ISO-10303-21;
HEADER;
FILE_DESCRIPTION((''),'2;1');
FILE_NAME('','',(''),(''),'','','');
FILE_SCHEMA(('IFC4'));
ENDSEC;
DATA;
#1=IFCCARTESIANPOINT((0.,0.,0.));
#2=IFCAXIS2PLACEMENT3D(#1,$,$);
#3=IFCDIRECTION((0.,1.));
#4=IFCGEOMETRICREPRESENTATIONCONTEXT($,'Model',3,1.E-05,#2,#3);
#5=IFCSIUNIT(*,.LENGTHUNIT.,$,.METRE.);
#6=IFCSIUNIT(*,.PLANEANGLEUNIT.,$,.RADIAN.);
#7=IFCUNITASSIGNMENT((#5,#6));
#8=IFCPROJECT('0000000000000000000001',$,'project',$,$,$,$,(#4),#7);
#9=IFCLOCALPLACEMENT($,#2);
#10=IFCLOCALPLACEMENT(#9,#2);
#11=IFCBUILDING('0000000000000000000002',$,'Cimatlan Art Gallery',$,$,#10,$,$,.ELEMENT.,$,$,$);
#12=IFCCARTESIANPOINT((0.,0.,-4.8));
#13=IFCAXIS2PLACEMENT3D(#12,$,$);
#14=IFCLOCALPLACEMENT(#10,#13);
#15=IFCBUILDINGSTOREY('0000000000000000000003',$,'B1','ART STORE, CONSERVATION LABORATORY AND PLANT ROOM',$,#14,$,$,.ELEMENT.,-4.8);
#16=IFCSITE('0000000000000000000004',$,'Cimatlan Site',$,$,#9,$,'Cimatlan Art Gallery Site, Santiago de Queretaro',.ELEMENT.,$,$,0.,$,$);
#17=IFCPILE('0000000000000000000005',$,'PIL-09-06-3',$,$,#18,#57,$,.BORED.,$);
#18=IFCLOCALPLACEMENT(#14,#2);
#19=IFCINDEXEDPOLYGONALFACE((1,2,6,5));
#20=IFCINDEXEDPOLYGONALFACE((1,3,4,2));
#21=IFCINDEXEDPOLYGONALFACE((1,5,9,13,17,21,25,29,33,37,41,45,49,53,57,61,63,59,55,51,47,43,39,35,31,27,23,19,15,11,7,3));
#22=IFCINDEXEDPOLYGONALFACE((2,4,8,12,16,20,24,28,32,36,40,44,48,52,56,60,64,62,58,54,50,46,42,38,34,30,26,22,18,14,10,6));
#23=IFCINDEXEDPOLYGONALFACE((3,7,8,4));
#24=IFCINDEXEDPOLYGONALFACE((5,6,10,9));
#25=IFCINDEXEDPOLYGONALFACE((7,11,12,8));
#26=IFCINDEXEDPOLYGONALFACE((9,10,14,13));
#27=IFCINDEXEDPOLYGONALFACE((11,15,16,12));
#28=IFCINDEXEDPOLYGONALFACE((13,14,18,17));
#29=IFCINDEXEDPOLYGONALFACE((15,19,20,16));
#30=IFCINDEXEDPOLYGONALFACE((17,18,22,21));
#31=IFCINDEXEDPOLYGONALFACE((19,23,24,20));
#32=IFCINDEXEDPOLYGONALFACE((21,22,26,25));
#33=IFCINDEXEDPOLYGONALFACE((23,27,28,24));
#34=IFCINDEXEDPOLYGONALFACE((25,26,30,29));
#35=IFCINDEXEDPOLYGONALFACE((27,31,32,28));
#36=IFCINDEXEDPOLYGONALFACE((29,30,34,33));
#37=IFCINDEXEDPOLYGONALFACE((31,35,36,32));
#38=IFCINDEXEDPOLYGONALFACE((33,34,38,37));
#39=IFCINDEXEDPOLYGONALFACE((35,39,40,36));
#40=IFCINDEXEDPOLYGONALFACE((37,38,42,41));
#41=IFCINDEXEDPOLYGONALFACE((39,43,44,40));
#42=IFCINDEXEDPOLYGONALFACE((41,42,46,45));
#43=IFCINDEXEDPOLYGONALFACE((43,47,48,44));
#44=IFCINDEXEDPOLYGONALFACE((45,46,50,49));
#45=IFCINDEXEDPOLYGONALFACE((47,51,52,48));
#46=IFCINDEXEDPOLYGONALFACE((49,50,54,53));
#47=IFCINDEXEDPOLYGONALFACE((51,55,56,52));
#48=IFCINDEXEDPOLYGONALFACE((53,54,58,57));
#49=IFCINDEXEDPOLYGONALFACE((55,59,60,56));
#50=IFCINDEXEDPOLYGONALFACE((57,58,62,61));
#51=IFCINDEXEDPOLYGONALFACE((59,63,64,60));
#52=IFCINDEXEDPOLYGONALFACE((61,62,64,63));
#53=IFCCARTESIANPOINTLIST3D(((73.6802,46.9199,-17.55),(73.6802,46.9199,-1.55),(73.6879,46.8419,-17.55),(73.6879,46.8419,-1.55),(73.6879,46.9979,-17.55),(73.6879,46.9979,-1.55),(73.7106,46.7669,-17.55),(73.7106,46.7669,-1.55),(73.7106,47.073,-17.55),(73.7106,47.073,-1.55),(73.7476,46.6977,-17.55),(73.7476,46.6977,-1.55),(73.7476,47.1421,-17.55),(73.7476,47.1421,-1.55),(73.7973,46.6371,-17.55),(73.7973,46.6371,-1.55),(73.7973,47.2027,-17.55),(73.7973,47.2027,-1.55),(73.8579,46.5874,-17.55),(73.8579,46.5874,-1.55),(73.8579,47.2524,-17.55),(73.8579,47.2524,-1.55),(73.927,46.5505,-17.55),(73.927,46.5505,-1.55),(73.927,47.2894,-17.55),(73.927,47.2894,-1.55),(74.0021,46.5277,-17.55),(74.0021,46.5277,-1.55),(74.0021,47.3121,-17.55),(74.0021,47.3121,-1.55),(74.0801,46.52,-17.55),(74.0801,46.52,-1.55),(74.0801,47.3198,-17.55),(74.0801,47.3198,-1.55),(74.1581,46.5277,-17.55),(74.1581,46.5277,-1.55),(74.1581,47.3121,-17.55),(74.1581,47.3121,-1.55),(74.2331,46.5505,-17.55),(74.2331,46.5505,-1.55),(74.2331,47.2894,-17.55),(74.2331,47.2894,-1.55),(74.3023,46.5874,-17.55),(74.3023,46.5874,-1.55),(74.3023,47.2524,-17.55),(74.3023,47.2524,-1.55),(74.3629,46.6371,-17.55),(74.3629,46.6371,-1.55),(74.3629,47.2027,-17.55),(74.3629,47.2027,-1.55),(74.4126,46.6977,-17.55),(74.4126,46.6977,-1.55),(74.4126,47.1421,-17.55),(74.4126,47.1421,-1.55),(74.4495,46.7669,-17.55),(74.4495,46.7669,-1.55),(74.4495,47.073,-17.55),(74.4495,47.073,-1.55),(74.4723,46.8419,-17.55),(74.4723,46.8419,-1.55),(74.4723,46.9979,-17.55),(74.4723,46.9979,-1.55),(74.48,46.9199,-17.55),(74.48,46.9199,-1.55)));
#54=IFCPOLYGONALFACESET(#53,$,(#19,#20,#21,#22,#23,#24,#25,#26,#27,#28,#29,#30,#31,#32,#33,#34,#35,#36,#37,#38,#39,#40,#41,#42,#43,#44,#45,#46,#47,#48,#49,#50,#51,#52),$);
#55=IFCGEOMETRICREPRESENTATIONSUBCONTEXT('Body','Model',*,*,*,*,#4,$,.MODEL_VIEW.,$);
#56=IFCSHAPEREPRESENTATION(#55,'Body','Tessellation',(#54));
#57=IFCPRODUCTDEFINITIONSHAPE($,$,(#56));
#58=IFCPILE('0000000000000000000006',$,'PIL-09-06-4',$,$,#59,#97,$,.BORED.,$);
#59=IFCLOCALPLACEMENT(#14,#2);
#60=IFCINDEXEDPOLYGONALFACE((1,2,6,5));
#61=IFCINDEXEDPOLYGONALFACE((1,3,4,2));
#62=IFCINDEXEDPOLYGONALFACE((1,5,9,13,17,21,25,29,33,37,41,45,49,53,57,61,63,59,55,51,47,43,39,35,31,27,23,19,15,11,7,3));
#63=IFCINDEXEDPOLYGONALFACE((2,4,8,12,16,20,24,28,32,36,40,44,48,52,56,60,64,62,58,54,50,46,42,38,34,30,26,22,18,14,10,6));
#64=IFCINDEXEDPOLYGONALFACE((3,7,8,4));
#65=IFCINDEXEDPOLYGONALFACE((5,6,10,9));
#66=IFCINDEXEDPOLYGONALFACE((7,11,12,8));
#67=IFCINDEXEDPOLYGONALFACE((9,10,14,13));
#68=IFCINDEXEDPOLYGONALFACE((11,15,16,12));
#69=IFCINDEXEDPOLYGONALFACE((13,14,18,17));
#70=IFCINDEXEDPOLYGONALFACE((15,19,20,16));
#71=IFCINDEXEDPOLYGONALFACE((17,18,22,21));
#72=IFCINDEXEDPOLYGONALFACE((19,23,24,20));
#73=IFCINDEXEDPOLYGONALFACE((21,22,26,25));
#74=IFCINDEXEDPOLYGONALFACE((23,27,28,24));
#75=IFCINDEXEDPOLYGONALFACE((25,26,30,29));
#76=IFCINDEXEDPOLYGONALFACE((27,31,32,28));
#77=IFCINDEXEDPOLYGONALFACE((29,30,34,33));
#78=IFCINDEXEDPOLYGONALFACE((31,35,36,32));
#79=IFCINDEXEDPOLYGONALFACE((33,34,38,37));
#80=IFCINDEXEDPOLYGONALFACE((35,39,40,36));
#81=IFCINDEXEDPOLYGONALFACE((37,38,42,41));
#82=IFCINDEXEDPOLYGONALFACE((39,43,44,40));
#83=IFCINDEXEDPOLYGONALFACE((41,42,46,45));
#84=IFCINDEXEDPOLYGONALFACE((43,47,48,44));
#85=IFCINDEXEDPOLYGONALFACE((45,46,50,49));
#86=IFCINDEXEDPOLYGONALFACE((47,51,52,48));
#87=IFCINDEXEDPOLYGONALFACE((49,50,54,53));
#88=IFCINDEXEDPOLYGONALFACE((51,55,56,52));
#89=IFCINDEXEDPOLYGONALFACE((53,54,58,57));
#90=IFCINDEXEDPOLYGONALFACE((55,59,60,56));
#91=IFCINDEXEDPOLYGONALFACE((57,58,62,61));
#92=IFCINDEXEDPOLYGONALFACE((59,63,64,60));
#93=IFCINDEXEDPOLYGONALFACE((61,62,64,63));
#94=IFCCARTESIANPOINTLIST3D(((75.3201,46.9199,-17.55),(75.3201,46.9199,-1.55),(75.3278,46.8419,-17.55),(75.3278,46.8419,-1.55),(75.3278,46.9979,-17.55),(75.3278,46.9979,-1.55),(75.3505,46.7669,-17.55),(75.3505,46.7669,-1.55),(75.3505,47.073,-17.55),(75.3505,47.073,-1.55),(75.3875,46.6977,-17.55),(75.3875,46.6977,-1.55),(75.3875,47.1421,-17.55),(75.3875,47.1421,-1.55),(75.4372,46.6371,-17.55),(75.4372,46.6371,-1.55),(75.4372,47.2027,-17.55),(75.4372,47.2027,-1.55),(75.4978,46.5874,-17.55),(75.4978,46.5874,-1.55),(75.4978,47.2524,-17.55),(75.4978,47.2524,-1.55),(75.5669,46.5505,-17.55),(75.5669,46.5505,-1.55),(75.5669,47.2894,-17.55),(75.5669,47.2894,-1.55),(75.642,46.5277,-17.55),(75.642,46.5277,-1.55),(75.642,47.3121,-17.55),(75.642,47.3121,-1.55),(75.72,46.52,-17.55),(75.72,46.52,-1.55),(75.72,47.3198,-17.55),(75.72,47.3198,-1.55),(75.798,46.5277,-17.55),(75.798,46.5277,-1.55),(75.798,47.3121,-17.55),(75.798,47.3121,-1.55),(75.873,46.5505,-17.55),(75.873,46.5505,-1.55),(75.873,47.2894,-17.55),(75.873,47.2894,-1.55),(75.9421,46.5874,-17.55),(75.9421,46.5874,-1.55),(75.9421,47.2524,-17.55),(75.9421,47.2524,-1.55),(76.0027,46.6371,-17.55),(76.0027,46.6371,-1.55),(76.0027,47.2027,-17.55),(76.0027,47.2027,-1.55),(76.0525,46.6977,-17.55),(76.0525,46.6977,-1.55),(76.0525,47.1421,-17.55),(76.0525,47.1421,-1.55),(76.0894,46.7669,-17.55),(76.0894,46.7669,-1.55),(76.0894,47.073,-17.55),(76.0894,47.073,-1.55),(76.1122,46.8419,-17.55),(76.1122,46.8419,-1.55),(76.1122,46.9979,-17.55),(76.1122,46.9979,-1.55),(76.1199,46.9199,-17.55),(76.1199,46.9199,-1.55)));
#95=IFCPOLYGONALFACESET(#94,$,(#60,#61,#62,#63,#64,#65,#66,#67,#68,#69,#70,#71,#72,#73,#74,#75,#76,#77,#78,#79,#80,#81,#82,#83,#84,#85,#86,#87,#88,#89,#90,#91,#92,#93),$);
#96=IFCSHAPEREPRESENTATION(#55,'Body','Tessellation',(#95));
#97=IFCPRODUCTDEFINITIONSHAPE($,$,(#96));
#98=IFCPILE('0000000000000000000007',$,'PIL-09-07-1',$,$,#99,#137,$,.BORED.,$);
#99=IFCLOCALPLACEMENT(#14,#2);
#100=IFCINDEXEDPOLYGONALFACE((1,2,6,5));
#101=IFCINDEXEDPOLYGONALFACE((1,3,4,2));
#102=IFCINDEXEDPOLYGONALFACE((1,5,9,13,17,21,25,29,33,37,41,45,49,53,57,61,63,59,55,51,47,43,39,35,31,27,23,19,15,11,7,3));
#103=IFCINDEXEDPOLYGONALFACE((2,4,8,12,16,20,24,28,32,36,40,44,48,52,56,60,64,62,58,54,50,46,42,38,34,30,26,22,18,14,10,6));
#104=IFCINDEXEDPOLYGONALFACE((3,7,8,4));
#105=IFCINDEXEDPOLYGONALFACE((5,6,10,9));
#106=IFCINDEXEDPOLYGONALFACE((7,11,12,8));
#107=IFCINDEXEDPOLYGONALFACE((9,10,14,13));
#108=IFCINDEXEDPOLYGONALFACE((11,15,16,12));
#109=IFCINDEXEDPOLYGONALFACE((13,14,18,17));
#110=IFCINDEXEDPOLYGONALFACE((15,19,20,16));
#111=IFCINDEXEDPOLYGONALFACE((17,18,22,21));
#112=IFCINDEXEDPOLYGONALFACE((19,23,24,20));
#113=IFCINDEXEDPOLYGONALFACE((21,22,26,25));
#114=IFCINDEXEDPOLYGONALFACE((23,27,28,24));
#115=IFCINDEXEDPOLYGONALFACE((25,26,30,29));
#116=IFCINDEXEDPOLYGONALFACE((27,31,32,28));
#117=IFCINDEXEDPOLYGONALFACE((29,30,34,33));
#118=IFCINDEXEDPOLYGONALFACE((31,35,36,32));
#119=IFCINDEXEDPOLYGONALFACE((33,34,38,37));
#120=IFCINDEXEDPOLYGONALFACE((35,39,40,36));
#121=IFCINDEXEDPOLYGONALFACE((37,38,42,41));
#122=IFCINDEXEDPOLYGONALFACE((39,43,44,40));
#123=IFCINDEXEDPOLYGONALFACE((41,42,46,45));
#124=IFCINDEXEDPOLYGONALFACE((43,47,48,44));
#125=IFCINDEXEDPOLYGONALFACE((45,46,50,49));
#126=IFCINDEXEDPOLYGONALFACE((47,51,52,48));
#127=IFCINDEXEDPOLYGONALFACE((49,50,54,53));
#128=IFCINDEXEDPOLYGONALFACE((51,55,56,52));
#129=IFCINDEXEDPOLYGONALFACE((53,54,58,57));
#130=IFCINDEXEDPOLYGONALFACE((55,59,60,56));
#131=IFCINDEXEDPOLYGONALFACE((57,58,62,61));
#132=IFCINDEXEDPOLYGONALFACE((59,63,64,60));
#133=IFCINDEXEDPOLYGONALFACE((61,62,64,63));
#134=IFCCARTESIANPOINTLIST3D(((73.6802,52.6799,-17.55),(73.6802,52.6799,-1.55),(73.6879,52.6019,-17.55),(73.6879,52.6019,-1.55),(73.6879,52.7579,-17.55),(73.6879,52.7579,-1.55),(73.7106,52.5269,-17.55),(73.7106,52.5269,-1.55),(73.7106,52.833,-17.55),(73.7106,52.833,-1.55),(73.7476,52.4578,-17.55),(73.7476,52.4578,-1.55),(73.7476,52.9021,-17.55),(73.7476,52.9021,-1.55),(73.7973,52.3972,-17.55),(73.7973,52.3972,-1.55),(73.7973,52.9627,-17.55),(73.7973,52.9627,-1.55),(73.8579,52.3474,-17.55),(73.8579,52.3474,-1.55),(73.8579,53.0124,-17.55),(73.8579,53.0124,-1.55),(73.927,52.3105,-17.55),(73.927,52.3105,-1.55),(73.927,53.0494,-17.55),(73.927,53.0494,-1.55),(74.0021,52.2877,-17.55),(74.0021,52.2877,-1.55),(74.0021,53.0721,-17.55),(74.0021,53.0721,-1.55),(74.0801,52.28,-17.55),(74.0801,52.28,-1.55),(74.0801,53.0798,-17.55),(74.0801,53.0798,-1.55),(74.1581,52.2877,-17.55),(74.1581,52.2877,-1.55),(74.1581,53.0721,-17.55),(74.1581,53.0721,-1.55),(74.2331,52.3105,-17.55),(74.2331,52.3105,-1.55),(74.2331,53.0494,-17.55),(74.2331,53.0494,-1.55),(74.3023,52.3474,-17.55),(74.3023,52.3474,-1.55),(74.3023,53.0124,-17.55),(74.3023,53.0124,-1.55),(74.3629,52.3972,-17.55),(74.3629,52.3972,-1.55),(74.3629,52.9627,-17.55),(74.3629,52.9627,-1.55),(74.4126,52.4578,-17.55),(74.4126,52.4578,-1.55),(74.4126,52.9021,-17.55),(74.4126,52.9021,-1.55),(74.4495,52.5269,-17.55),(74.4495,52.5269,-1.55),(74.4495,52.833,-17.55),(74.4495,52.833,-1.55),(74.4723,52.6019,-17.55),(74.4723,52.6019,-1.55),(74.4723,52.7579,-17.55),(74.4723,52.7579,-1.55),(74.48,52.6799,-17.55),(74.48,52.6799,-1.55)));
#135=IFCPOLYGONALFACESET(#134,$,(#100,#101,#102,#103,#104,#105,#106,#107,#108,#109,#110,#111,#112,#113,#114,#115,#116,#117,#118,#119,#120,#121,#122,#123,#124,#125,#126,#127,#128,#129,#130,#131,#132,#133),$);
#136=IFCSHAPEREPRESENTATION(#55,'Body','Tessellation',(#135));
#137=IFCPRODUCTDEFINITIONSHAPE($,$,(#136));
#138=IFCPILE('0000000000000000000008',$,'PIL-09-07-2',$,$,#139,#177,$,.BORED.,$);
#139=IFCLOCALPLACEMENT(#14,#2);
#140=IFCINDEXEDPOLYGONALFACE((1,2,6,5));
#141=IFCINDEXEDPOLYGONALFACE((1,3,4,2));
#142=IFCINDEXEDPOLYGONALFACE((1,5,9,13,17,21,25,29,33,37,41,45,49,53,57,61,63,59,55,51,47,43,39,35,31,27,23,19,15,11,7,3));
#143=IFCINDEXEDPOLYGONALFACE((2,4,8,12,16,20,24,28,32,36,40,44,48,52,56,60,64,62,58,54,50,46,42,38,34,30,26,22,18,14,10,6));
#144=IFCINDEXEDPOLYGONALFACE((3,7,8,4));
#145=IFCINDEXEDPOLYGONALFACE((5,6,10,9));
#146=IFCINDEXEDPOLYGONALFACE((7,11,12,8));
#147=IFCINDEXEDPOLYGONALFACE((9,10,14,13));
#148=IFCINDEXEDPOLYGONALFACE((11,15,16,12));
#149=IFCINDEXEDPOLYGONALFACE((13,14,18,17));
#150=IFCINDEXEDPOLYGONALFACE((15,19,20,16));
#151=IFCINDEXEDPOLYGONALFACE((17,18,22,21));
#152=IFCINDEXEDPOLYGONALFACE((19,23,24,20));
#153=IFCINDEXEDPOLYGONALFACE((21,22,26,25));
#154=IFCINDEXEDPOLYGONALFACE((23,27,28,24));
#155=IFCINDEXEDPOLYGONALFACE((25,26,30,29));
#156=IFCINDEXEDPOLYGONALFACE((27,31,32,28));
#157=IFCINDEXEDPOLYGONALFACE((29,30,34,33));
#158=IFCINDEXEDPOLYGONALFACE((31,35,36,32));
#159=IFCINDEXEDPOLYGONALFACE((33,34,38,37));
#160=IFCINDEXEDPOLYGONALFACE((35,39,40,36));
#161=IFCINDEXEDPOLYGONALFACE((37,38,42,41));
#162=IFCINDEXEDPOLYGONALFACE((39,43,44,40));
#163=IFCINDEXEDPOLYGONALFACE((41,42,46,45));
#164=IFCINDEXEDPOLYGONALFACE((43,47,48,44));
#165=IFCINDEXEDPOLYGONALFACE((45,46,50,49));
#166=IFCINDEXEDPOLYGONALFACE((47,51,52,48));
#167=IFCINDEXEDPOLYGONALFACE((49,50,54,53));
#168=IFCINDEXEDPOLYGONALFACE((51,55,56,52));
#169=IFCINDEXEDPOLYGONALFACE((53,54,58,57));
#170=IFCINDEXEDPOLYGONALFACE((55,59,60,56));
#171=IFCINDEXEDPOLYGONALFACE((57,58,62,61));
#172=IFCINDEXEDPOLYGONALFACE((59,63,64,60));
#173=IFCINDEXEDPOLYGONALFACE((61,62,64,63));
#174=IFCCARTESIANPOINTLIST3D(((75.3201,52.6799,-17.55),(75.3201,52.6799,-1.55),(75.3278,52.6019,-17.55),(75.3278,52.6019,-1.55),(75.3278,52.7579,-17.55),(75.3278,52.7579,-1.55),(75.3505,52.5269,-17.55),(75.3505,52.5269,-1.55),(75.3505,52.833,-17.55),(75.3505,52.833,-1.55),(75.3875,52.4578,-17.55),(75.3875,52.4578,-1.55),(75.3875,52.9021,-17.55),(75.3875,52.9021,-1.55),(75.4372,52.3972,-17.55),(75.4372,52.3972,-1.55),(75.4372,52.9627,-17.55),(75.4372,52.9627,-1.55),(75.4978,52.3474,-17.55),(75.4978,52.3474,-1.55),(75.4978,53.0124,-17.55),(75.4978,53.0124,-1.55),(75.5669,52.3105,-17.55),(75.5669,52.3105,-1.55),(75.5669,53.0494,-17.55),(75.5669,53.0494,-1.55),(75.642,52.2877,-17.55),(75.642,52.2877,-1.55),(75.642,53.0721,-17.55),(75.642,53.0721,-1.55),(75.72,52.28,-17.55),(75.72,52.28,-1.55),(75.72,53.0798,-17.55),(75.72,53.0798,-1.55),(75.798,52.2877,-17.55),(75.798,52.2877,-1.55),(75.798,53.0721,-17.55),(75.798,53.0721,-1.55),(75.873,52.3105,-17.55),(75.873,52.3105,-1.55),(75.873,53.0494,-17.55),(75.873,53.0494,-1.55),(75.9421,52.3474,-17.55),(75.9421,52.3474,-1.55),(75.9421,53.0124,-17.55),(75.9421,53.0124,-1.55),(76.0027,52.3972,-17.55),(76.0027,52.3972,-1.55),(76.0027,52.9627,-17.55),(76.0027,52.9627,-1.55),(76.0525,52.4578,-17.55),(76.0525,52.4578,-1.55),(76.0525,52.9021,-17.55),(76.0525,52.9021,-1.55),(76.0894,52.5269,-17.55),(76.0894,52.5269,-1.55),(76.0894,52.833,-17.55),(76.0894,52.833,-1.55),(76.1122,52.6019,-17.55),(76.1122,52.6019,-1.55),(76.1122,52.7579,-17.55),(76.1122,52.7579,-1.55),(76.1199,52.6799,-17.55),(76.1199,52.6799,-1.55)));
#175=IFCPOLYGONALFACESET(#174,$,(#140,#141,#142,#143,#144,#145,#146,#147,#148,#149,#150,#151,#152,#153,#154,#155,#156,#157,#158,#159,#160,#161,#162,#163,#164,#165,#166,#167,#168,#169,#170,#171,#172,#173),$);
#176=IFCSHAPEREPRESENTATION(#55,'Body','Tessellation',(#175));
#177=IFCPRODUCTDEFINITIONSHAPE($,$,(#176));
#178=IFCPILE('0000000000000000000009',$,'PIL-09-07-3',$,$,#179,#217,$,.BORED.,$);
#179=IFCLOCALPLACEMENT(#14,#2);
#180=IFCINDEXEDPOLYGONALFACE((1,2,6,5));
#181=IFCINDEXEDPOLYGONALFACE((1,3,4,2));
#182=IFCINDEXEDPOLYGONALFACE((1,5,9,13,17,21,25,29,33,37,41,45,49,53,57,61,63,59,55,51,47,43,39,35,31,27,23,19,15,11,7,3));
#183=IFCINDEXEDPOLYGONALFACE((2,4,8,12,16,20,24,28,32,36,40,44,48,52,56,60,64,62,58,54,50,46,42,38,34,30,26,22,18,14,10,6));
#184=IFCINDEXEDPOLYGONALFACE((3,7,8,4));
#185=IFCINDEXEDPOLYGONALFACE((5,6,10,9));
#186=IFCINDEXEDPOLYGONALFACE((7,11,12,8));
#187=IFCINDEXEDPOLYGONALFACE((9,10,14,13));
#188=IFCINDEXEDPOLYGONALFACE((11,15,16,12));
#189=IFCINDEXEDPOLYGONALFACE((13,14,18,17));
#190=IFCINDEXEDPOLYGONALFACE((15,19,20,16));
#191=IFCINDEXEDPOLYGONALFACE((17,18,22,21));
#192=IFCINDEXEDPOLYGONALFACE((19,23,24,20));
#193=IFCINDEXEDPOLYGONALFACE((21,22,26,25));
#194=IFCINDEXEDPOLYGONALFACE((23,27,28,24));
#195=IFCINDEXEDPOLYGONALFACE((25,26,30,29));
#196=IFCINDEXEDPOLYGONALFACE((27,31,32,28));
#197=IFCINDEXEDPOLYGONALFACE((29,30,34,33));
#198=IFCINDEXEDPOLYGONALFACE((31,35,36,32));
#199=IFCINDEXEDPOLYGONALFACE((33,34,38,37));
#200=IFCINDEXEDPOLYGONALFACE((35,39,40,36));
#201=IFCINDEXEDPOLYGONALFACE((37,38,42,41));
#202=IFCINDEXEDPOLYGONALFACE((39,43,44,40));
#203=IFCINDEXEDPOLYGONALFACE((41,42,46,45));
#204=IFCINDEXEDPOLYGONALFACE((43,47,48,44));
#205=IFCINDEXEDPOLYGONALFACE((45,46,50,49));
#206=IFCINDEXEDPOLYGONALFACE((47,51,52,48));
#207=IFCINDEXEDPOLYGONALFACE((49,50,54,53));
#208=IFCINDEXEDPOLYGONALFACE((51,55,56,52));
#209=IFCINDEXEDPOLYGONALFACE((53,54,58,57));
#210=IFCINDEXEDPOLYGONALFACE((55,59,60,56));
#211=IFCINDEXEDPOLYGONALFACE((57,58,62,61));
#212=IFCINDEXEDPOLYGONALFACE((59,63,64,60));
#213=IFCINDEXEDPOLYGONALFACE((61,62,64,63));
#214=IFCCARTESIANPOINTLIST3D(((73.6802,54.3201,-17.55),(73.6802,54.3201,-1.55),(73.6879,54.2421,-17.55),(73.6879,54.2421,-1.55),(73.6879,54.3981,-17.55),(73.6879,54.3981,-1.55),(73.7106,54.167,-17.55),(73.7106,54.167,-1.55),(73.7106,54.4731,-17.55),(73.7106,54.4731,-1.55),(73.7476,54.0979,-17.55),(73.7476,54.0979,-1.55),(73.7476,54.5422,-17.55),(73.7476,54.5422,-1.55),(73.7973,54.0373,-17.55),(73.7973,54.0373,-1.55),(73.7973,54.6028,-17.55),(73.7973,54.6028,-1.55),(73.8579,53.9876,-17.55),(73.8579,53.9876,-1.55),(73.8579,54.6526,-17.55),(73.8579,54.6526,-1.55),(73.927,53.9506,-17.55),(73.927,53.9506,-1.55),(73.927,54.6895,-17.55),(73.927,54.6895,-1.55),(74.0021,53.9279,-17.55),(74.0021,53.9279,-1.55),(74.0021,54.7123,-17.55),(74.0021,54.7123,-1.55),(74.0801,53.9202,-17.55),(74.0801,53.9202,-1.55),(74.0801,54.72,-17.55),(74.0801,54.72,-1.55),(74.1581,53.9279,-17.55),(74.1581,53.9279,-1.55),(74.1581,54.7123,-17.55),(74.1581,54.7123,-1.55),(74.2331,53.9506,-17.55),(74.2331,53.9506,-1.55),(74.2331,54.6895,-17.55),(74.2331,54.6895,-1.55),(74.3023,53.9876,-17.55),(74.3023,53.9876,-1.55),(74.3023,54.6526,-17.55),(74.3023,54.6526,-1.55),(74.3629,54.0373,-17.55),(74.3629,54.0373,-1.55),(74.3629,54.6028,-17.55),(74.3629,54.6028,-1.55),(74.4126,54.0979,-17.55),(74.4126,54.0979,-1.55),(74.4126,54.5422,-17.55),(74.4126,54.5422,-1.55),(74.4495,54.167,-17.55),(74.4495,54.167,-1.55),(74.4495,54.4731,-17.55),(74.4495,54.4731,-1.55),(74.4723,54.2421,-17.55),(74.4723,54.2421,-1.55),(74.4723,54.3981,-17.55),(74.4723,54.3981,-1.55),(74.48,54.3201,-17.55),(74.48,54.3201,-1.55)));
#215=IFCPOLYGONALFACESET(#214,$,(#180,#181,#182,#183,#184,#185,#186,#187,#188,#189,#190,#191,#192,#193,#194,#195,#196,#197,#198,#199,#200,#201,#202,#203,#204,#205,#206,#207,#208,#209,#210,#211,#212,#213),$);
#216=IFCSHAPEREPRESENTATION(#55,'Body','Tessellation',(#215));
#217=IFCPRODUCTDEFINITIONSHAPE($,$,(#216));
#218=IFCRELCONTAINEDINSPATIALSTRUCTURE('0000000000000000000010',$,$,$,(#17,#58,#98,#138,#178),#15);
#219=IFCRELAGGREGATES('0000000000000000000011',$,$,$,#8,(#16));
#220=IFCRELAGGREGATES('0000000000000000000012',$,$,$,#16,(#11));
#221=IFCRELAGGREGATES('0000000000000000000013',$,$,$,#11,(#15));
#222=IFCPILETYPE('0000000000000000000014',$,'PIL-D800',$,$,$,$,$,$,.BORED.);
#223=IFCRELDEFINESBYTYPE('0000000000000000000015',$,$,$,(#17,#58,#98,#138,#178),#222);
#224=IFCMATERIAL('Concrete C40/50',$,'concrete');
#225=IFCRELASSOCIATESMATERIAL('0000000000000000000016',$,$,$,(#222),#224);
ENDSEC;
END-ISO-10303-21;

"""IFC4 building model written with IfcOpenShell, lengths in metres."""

from ifc_helpers import new_model, si_unit, direction, frame, origin, origin_2d, place, context, subcontext, project, spatial, circle, extrude, material, type_object, element, save


model = new_model("IFC4")

# Units and contexts
model_context = context("Model", 3, precision=1e-05, world=origin(), true_north=direction((0.0, 1.0)))
body_context = subcontext(model_context, "Body", "Model", "MODEL_VIEW")
ifc_project = project(units=[si_unit("LENGTHUNIT", "METRE"), si_unit("PLANEANGLEUNIT", "RADIAN")], contexts=[model_context])

# Site, building, storey
site_placement = place(None, origin())
site = spatial("IfcSite", under=ifc_project, at=site_placement, Name="Cimatlan Site", LongName="Cimatlan Art Gallery Site, Santiago de Queretaro", CompositionType="ELEMENT", RefElevation=0.0)
building_placement = place(site_placement, origin())
building = spatial("IfcBuilding", under=site, at=building_placement, Name="Cimatlan Art Gallery", CompositionType="ELEMENT")
storey_placement = place(building_placement, frame((0.0, 0.0, -4.8)))
storey = spatial("IfcBuildingStorey", under=building, at=storey_placement, Name="B1", Description="ART STORE, CONSERVATION LABORATORY AND PLANT ROOM", CompositionType="ELEMENT", Elevation=-4.8)

# Shared definitions
ifc_material_1 = material(Name="Concrete C40/50", Category="concrete")

# Piles
pile_type = type_object("IfcPileType", Name="PIL-D800", PredefinedType="BORED", material=ifc_material_1)
for number, where, z_axis, x_axis, name in (
    (1, (74.0801, 46.9199, -1.55), (0.0, 0.0, -1.0), (1.0, 0.0, 0.0), "PIL-09-06-3"),
    (2, (75.72, 46.9199, -1.55), (0.0, 0.0, -1.0), (1.0, 0.0, 0.0), "PIL-09-06-4"),
    (3, (74.0801, 52.6799, -1.55), (0.0, 0.0, -1.0), (1.0, 0.0, 0.0), "PIL-09-07-1"),
    (4, (75.72, 52.6799, -1.55), (0.0, 0.0, -1.0), (1.0, 0.0, 0.0), "PIL-09-07-2"),
    (5, (74.0801, 54.3201, -1.55), (0.0, 0.0, -1.0), (1.0, 0.0, 0.0), "PIL-09-07-3"),
):
    element("IfcPile", number, at=place(storey_placement, frame(where, z_axis=z_axis, x_axis=x_axis)), inside=storey, type_object=pile_type, Name=name, PredefinedType="BORED", context=body_context, shape_type="SweptSolid", body=[
        extrude(circle(Radius=0.3999, at=origin_2d()), origin(), (0.0, 0.0, 1.0), 16.0),
    ])

save(model, "model.ifc")
